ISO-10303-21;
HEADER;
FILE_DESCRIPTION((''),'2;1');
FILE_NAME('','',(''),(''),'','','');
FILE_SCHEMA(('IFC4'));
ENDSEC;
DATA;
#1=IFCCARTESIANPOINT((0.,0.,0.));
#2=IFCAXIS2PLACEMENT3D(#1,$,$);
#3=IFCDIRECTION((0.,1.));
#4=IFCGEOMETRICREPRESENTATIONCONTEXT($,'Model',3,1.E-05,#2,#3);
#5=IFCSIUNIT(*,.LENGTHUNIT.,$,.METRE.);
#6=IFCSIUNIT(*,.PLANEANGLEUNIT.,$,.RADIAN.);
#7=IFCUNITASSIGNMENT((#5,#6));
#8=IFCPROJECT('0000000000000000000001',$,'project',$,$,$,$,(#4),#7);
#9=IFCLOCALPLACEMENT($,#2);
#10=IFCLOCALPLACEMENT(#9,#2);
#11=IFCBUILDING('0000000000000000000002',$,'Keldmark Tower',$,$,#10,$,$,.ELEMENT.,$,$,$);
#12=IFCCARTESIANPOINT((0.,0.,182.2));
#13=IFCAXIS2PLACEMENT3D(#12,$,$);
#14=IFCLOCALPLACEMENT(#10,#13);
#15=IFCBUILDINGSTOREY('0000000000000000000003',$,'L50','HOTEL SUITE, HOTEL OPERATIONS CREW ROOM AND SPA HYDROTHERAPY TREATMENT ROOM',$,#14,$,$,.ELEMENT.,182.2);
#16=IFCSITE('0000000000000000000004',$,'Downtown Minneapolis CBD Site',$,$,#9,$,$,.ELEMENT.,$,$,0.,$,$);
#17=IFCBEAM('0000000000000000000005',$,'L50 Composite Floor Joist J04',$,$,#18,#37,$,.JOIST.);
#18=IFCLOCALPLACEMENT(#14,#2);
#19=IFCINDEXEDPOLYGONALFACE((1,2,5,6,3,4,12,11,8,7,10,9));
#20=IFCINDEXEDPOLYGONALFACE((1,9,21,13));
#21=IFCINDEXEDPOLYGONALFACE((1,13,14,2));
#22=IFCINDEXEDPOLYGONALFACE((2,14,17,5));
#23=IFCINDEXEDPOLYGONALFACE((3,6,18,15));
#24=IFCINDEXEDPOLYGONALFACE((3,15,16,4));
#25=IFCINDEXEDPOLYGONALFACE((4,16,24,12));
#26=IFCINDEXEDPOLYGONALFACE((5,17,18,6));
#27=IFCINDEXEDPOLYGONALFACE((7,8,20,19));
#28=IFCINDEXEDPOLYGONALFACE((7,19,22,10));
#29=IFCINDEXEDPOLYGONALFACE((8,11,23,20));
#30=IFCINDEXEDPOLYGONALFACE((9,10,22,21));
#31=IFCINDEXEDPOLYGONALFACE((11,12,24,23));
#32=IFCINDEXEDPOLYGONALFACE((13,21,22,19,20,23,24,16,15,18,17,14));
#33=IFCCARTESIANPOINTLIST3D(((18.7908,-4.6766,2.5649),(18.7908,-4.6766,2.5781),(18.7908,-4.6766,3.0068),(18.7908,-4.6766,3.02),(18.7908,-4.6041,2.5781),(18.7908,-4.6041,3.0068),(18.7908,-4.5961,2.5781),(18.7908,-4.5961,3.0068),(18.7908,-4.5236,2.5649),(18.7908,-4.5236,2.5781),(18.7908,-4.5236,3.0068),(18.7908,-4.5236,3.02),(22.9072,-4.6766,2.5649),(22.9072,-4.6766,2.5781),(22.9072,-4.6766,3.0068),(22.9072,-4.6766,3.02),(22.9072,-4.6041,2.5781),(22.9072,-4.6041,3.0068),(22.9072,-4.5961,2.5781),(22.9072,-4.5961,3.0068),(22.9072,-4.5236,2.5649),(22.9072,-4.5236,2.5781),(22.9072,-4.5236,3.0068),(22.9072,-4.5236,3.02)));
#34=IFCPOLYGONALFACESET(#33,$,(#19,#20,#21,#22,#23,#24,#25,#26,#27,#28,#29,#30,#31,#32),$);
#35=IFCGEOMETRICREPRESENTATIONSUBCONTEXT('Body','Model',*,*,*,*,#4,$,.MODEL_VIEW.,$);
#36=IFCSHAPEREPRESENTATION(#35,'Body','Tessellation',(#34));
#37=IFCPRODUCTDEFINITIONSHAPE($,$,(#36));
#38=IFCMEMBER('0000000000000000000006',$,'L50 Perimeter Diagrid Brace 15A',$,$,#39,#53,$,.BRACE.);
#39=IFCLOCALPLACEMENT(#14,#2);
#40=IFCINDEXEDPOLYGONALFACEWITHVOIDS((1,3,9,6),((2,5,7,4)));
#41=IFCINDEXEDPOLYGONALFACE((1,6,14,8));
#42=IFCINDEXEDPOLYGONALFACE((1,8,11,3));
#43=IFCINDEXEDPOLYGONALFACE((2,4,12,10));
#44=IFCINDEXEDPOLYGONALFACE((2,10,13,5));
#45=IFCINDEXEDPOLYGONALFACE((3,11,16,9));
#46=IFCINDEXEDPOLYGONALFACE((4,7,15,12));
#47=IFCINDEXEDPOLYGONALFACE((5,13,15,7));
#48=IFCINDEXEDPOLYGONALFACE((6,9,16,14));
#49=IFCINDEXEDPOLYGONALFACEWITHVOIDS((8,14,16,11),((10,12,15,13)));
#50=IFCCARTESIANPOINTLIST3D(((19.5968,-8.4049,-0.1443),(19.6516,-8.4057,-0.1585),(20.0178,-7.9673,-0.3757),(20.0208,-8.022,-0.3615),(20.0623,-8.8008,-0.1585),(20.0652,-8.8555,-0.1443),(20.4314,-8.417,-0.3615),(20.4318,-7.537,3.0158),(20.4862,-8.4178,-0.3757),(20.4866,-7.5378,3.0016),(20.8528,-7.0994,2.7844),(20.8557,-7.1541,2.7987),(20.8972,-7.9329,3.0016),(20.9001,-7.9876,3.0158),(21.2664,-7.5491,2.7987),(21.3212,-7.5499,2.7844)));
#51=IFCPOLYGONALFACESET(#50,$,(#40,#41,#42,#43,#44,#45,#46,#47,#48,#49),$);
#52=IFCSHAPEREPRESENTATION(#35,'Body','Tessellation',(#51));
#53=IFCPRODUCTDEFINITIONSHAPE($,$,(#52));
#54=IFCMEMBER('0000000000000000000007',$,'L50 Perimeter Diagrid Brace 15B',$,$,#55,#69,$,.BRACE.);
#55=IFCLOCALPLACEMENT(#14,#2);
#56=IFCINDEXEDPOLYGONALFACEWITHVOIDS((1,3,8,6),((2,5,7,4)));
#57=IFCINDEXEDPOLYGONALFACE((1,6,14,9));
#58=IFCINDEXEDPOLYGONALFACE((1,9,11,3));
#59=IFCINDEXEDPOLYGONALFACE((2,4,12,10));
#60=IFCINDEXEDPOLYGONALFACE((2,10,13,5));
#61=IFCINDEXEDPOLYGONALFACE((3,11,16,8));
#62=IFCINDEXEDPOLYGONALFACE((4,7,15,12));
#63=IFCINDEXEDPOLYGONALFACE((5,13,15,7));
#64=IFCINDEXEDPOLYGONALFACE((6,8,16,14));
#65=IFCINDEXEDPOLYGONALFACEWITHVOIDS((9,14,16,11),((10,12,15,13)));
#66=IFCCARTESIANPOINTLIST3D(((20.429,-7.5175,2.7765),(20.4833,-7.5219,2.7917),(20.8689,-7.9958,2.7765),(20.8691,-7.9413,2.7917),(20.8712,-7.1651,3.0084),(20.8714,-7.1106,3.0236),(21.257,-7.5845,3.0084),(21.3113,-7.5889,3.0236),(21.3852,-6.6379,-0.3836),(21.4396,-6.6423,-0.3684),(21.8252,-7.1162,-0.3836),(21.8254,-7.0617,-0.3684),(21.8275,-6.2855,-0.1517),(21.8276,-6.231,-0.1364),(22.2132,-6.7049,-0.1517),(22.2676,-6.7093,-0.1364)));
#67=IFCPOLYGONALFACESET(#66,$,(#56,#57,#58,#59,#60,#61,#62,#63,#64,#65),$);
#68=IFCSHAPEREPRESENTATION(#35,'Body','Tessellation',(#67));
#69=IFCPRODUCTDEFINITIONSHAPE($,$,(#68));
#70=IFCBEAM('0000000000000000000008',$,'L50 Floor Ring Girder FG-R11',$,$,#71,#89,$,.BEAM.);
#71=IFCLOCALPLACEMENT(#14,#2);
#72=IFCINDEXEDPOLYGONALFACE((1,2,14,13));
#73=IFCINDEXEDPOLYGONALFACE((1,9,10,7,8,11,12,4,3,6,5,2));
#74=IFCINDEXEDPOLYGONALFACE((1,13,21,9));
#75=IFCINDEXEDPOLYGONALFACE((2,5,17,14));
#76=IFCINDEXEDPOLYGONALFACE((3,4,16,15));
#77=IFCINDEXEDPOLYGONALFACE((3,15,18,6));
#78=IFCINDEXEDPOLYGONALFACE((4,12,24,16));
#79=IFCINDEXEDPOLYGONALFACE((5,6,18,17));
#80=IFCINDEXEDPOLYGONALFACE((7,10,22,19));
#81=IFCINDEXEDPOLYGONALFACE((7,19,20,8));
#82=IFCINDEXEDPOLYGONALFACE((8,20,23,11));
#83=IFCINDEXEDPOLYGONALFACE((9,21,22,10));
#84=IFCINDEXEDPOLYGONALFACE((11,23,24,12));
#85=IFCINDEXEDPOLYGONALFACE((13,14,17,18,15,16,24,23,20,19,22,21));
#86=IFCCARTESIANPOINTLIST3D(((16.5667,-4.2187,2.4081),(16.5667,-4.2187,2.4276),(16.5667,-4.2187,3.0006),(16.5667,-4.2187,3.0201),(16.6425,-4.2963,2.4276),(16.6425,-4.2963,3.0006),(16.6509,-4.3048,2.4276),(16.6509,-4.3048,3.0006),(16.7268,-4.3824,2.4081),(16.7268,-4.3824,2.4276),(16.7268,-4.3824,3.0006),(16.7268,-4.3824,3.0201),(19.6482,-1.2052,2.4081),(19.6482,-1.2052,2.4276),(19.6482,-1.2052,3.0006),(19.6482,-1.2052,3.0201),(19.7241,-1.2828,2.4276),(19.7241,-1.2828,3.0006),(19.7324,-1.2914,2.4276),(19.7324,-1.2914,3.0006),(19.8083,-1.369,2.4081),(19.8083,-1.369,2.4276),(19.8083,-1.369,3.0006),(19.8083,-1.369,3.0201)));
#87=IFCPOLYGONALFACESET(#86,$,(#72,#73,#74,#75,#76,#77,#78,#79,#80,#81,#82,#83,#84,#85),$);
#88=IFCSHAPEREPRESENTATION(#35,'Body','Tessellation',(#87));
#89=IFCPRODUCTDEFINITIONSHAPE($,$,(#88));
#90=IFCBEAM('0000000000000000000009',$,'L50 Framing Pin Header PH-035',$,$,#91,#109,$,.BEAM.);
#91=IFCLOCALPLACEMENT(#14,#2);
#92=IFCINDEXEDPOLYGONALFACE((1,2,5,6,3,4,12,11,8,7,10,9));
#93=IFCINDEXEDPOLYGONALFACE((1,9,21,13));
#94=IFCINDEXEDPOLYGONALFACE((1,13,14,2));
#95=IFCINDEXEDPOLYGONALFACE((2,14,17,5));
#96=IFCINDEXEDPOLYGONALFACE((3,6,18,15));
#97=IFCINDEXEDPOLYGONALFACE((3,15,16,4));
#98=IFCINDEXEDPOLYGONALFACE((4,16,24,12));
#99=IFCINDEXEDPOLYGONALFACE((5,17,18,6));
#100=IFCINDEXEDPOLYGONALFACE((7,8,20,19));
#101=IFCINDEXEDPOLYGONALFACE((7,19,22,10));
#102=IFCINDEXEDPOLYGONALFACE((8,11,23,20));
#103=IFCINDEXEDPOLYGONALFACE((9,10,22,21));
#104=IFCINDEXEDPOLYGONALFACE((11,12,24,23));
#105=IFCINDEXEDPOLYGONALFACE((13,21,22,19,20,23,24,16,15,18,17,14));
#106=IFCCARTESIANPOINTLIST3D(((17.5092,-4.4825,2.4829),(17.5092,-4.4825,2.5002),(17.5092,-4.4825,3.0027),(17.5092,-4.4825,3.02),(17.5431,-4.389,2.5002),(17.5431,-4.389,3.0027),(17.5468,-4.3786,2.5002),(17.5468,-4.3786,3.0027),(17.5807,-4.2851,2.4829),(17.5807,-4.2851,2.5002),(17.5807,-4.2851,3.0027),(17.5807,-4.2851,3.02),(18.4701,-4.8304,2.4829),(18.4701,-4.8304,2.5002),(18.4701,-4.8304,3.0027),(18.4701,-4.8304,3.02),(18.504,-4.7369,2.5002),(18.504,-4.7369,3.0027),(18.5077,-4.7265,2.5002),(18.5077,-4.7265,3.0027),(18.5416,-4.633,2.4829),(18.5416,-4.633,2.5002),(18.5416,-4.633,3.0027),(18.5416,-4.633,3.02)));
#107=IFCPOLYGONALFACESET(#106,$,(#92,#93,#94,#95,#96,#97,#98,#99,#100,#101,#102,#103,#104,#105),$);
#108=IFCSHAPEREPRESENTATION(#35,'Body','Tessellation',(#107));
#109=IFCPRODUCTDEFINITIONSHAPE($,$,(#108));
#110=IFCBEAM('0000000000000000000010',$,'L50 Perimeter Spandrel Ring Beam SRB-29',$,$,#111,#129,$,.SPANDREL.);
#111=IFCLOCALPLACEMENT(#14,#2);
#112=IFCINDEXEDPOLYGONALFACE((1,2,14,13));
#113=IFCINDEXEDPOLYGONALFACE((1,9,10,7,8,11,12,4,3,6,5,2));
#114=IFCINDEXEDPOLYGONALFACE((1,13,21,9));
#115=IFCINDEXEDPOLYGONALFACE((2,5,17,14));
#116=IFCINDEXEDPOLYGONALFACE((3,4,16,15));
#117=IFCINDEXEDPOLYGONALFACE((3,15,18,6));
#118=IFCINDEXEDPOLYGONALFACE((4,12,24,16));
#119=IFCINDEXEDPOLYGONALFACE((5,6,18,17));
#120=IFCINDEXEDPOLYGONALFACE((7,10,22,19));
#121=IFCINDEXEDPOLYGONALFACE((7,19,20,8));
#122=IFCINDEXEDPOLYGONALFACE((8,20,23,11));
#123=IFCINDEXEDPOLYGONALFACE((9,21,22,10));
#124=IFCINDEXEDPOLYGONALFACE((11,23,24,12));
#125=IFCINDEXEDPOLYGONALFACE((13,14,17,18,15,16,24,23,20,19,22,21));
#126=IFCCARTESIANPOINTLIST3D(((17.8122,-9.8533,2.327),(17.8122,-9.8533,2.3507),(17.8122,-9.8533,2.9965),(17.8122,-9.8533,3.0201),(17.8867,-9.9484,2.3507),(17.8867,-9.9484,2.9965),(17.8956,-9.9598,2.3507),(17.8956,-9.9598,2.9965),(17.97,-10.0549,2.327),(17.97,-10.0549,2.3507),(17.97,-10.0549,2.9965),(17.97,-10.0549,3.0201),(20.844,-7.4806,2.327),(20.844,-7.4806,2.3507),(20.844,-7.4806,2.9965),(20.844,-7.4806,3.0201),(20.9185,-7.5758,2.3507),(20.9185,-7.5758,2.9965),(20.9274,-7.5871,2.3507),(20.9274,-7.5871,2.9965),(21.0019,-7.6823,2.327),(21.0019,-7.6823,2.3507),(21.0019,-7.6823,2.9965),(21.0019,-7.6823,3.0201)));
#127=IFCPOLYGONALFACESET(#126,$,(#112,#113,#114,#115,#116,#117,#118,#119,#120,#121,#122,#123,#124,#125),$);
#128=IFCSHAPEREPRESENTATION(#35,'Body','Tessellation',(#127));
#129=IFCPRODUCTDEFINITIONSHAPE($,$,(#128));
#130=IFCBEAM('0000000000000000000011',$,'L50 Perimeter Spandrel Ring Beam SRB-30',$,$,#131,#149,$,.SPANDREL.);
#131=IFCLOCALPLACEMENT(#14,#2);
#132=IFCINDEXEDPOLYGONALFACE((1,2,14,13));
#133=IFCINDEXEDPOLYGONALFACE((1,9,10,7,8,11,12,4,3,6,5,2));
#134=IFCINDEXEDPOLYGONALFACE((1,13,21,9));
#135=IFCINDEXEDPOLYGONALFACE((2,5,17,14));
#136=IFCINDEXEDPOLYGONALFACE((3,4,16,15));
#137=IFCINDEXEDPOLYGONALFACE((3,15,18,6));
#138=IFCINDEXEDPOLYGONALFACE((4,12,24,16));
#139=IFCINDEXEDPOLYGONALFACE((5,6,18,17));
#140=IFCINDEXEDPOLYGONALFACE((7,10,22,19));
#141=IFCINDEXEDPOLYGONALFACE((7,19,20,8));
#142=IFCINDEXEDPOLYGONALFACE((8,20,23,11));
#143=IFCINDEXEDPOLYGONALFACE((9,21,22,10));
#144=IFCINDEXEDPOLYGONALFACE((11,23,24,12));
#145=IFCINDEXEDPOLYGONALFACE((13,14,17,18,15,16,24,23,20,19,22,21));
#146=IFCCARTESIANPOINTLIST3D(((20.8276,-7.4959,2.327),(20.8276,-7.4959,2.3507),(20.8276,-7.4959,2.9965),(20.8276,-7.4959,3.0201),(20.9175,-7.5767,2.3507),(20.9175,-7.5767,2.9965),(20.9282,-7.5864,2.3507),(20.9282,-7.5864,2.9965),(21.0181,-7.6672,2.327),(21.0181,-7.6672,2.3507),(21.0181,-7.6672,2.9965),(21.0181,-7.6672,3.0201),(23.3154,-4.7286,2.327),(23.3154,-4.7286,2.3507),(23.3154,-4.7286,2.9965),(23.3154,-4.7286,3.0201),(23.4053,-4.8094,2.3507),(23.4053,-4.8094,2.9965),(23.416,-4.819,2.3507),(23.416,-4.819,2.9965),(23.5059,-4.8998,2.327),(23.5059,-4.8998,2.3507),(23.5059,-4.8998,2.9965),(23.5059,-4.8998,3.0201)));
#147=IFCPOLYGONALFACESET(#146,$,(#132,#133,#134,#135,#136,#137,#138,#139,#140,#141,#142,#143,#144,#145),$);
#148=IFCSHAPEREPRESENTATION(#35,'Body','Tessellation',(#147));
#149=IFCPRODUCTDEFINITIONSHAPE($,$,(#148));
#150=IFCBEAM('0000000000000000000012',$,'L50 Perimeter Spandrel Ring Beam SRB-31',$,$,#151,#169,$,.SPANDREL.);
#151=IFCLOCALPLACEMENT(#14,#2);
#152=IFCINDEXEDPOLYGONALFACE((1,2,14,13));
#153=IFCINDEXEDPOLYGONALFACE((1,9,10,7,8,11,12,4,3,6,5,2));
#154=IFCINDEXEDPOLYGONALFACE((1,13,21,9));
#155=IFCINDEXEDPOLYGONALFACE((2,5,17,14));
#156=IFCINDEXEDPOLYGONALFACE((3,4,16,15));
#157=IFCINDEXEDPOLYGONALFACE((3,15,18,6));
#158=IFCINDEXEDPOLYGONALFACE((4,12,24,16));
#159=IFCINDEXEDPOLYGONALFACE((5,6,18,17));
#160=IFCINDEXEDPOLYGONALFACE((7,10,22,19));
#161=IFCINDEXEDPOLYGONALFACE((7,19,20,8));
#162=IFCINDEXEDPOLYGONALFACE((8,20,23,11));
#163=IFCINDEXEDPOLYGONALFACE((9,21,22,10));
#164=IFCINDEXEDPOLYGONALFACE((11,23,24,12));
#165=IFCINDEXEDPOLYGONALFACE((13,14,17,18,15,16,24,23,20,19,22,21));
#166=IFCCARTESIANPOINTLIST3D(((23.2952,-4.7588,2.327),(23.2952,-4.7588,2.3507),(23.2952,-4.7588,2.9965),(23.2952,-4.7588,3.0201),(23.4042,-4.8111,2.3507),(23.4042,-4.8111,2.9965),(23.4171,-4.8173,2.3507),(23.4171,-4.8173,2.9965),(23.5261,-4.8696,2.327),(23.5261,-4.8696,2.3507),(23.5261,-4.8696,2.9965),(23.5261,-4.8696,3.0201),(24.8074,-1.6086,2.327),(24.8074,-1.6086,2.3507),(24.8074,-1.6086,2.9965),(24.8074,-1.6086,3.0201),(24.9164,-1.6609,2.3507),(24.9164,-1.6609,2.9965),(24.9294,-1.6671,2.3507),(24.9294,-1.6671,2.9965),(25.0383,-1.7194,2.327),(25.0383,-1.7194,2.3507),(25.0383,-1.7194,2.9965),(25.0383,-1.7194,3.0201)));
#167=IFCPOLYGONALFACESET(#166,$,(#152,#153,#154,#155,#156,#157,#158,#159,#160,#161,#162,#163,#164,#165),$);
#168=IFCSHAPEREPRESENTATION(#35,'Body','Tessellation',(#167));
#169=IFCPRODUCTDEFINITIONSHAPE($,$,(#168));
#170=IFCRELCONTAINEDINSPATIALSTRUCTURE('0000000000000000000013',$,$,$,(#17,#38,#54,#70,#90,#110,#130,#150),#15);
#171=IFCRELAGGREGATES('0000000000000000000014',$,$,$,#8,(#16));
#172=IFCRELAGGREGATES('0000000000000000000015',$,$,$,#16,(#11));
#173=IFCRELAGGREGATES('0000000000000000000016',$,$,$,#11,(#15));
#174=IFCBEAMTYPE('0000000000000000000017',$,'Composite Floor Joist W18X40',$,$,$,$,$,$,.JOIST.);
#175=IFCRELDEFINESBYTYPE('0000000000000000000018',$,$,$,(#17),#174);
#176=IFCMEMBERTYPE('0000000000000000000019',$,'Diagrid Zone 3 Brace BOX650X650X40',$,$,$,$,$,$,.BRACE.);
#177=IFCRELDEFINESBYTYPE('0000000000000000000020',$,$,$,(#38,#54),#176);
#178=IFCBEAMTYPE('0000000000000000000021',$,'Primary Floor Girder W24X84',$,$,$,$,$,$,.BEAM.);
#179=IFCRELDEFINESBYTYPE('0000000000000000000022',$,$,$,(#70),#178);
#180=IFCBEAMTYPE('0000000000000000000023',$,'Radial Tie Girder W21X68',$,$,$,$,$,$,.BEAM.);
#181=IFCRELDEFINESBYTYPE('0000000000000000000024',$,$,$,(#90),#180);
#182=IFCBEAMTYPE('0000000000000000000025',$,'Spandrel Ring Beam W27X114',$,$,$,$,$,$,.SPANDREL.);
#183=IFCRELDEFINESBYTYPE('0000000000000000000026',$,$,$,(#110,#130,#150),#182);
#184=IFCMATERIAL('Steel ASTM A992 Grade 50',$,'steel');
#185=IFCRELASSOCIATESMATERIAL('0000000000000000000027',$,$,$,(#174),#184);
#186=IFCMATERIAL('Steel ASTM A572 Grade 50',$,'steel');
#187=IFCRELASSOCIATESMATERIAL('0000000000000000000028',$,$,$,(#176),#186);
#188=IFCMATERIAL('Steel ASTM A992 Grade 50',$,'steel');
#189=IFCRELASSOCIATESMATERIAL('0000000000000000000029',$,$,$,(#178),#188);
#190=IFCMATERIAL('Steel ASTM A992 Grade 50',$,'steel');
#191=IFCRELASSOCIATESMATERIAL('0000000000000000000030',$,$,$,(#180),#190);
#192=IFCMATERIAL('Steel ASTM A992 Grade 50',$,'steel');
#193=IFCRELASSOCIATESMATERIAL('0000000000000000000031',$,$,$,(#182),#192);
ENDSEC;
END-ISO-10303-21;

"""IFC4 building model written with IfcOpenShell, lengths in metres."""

from ifc_helpers import new_model, si_unit, direction, frame, origin, origin_2d, place, context, subcontext, project, spatial, hollow_rectangle, i_section, extrude, material, material_profile, profile_set, type_object, element, save


model = new_model("IFC4")

# Units and contexts
model_context = context("Model", 3, precision=1e-05, world=origin(), true_north=direction((0.0, 1.0)))
body_context = subcontext(model_context, "Body", "Model", "MODEL_VIEW")
ifc_project = project(units=[si_unit("LENGTHUNIT", "METRE"), si_unit("PLANEANGLEUNIT", "RADIAN")], contexts=[model_context])

# Site, building, storey
site_placement = place(None, origin())
site = spatial("IfcSite", under=ifc_project, at=site_placement, Name="Downtown Minneapolis CBD Site", CompositionType="ELEMENT", RefElevation=0.0)
building_placement = place(site_placement, origin())
building = spatial("IfcBuilding", under=site, at=building_placement, Name="Keldmark Tower", CompositionType="ELEMENT")
storey_placement = place(building_placement, frame((0.0, 0.0, 182.2)))
storey = spatial("IfcBuildingStorey", under=building, at=storey_placement, Name="L50", Description="HOTEL SUITE, HOTEL OPERATIONS CREW ROOM AND SPA HYDROTHERAPY TREATMENT ROOM", CompositionType="ELEMENT", Elevation=182.2)

# Beam
ifc_material_1 = material(Name="Steel ASTM A992 Grade 50", Category="steel")
ifc_material_profile_1 = material_profile(ifc_material_1, i_section(OverallWidth=0.1531, OverallDepth=0.4551, WebThickness=0.0081, FlangeThickness=0.0132, at=origin_2d()), Name="W18X40")
ifc_profile_set_1 = profile_set([ifc_material_profile_1], Name="Steel ASTM A992 Grade 50")
beam_type_1 = type_object("IfcBeamType", Name="Composite Floor Joist W18X40", PredefinedType="JOIST", material=ifc_profile_set_1)
beam_1_placement = place(storey_placement, frame((18.7908, -4.6001, 2.7925), z_axis=(1.0, 0.0, 0.0), x_axis=(0.0, 1.0, 0.0)))
element("IfcBeam", 1, at=beam_1_placement, inside=storey, type_object=beam_type_1, Name="L50 Composite Floor Joist J04", PredefinedType="JOIST", context=body_context, shape_type="SweptSolid", body=[
    extrude(i_section(OverallWidth=0.1531, OverallDepth=0.4551, WebThickness=0.0081, FlangeThickness=0.0132, at=origin_2d()), origin(), (0.0, 0.0, 1.0), 4.1165),
])

# Members
ifc_material_2 = material(Name="Steel ASTM A572 Grade 50", Category="steel")
ifc_material_profile_2 = material_profile(ifc_material_2, hollow_rectangle(XDim=0.6499, YDim=0.6499, WallThickness=0.04, at=origin_2d()), Name="BOX650X650X40")
ifc_profile_set_2 = profile_set([ifc_material_profile_2], Name="Steel ASTM A572 Grade 50")
member_type = type_object("IfcMemberType", Name="Diagrid Zone 3 Brace BOX650X650X40", PredefinedType="BRACE", material=ifc_profile_set_2)
member_1_placement = place(storey_placement, frame((20.0415, -8.4114, -0.26), z_axis=(0.246893, 0.256639, 0.934441), x_axis=(-0.720658, 0.693291, 0.0)))
element("IfcMember", 2, at=member_1_placement, inside=storey, type_object=member_type, Name="L50 Perimeter Diagrid Brace 15A", PredefinedType="BRACE", context=body_context, shape_type="SweptSolid", body=[
    extrude(hollow_rectangle(XDim=0.6499, YDim=0.6499, WallThickness=0.04, at=origin_2d()), origin(), (0.0, 0.0, 1.0), 3.3818),
])
member_2_placement = place(storey_placement, frame((21.8264, -6.6736, -0.26), z_axis=(-0.279877, -0.257441, 0.924874), x_axis=(0.676991, -0.735991, 0.0)))
element("IfcMember", 3, at=member_2_placement, inside=storey, type_object=member_type, Name="L50 Perimeter Diagrid Brace 15B", PredefinedType="BRACE", context=body_context, shape_type="SweptSolid", body=[
    extrude(hollow_rectangle(XDim=0.6499, YDim=0.6499, WallThickness=0.04, at=origin_2d()), origin(), (0.0, 0.0, 1.0), 3.4167),
])

# Beams
ifc_material_3 = material(Name="Steel ASTM A992 Grade 50", Category="steel")
ifc_material_profile_3 = material_profile(ifc_material_3, i_section(OverallWidth=0.229, OverallDepth=0.6121, WebThickness=0.012, FlangeThickness=0.0195, at=origin_2d()), Name="W24X84")
ifc_profile_set_3 = profile_set([ifc_material_profile_3], Name="Steel ASTM A992 Grade 50")
beam_type_2 = type_object("IfcBeamType", Name="Primary Floor Girder W24X84", PredefinedType="BEAM", material=ifc_profile_set_3)
beam_2_placement = place(storey_placement, frame((16.6467, -4.3005, 2.7141), z_axis=(0.714965, 0.699161, 0.0), x_axis=(-0.699161, 0.714965, 0.0)))
element("IfcBeam", 4, at=beam_2_placement, inside=storey, type_object=beam_type_2, Name="L50 Floor Ring Girder FG-R11", PredefinedType="BEAM", context=body_context, shape_type="SweptSolid", body=[
    extrude(i_section(OverallWidth=0.229, OverallDepth=0.6121, WebThickness=0.012, FlangeThickness=0.0195, at=origin_2d()), origin(), (0.0, 0.0, 1.0), 4.3101),
])
ifc_material_4 = material(Name="Steel ASTM A992 Grade 50", Category="steel")
ifc_material_profile_4 = material_profile(ifc_material_4, i_section(OverallWidth=0.21, OverallDepth=0.5371, WebThickness=0.011, FlangeThickness=0.0173, at=origin_2d()), Name="W21X68")
ifc_profile_set_4 = profile_set([ifc_material_profile_4], Name="Steel ASTM A992 Grade 50")
beam_type_3 = type_object("IfcBeamType", Name="Radial Tie Girder W21X68", PredefinedType="BEAM", material=ifc_profile_set_4)
beam_3_placement = place(storey_placement, frame((17.5449, -4.3838, 2.7515), z_axis=(0.940274, -0.340419, 0.0), x_axis=(0.340419, 0.940274, 0.0)))
element("IfcBeam", 5, at=beam_3_placement, inside=storey, type_object=beam_type_3, Name="L50 Framing Pin Header PH-035", PredefinedType="BEAM", context=body_context, shape_type="SweptSolid", body=[
    extrude(i_section(OverallWidth=0.21, OverallDepth=0.5371, WebThickness=0.011, FlangeThickness=0.0173, at=origin_2d()), origin(), (0.0, 0.0, 1.0), 1.022),
])
ifc_material_5 = material(Name="Steel ASTM A992 Grade 50", Category="steel")
ifc_material_profile_5 = material_profile(ifc_material_5, i_section(OverallWidth=0.2561, OverallDepth=0.6931, WebThickness=0.0144, FlangeThickness=0.0237, at=origin_2d()), Name="W27X114")
ifc_profile_set_5 = profile_set([ifc_material_profile_5], Name="Steel ASTM A992 Grade 50")
beam_type_4 = type_object("IfcBeamType", Name="Spandrel Ring Beam W27X114", PredefinedType="SPANDREL", material=ifc_profile_set_5)
beam_4_placement = place(storey_placement, frame((17.8911, -9.9541, 2.6736), z_axis=(0.787518, 0.616291, 0.0), x_axis=(-0.616291, 0.787518, 0.0)))
element("IfcBeam", 6, at=beam_4_placement, inside=storey, type_object=beam_type_4, Name="L50 Perimeter Spandrel Ring Beam SRB-29", PredefinedType="SPANDREL", context=body_context, shape_type="SweptSolid", body=[
    extrude(i_section(OverallWidth=0.2561, OverallDepth=0.6931, WebThickness=0.0144, FlangeThickness=0.0237, at=origin_2d()), origin(), (0.0, 0.0, 1.0), 3.8499),
])
beam_5_placement = place(storey_placement, frame((20.9229, -7.5815, 2.6736), z_axis=(0.668548, 0.743669, 0.0), x_axis=(-0.743669, 0.668548, 0.0)))
element("IfcBeam", 7, at=beam_5_placement, inside=storey, type_object=beam_type_4, Name="L50 Perimeter Spandrel Ring Beam SRB-30", PredefinedType="SPANDREL", context=body_context, shape_type="SweptSolid", body=[
    extrude(i_section(OverallWidth=0.2561, OverallDepth=0.6931, WebThickness=0.0144, FlangeThickness=0.0237, at=origin_2d()), origin(), (0.0, 0.0, 1.0), 3.7212),
])
beam_6_placement = place(storey_placement, frame((23.4106, -4.8142, 2.6736), z_axis=(0.432763, 0.901508, 0.0), x_axis=(-0.901508, 0.432763, 0.0)))
element("IfcBeam", 8, at=beam_6_placement, inside=storey, type_object=beam_type_4, Name="L50 Perimeter Spandrel Ring Beam SRB-31", PredefinedType="SPANDREL", context=body_context, shape_type="SweptSolid", body=[
    extrude(i_section(OverallWidth=0.2561, OverallDepth=0.6931, WebThickness=0.0144, FlangeThickness=0.0237, at=origin_2d()), origin(), (0.0, 0.0, 1.0), 3.4944),
])

save(model, "model.ifc")
